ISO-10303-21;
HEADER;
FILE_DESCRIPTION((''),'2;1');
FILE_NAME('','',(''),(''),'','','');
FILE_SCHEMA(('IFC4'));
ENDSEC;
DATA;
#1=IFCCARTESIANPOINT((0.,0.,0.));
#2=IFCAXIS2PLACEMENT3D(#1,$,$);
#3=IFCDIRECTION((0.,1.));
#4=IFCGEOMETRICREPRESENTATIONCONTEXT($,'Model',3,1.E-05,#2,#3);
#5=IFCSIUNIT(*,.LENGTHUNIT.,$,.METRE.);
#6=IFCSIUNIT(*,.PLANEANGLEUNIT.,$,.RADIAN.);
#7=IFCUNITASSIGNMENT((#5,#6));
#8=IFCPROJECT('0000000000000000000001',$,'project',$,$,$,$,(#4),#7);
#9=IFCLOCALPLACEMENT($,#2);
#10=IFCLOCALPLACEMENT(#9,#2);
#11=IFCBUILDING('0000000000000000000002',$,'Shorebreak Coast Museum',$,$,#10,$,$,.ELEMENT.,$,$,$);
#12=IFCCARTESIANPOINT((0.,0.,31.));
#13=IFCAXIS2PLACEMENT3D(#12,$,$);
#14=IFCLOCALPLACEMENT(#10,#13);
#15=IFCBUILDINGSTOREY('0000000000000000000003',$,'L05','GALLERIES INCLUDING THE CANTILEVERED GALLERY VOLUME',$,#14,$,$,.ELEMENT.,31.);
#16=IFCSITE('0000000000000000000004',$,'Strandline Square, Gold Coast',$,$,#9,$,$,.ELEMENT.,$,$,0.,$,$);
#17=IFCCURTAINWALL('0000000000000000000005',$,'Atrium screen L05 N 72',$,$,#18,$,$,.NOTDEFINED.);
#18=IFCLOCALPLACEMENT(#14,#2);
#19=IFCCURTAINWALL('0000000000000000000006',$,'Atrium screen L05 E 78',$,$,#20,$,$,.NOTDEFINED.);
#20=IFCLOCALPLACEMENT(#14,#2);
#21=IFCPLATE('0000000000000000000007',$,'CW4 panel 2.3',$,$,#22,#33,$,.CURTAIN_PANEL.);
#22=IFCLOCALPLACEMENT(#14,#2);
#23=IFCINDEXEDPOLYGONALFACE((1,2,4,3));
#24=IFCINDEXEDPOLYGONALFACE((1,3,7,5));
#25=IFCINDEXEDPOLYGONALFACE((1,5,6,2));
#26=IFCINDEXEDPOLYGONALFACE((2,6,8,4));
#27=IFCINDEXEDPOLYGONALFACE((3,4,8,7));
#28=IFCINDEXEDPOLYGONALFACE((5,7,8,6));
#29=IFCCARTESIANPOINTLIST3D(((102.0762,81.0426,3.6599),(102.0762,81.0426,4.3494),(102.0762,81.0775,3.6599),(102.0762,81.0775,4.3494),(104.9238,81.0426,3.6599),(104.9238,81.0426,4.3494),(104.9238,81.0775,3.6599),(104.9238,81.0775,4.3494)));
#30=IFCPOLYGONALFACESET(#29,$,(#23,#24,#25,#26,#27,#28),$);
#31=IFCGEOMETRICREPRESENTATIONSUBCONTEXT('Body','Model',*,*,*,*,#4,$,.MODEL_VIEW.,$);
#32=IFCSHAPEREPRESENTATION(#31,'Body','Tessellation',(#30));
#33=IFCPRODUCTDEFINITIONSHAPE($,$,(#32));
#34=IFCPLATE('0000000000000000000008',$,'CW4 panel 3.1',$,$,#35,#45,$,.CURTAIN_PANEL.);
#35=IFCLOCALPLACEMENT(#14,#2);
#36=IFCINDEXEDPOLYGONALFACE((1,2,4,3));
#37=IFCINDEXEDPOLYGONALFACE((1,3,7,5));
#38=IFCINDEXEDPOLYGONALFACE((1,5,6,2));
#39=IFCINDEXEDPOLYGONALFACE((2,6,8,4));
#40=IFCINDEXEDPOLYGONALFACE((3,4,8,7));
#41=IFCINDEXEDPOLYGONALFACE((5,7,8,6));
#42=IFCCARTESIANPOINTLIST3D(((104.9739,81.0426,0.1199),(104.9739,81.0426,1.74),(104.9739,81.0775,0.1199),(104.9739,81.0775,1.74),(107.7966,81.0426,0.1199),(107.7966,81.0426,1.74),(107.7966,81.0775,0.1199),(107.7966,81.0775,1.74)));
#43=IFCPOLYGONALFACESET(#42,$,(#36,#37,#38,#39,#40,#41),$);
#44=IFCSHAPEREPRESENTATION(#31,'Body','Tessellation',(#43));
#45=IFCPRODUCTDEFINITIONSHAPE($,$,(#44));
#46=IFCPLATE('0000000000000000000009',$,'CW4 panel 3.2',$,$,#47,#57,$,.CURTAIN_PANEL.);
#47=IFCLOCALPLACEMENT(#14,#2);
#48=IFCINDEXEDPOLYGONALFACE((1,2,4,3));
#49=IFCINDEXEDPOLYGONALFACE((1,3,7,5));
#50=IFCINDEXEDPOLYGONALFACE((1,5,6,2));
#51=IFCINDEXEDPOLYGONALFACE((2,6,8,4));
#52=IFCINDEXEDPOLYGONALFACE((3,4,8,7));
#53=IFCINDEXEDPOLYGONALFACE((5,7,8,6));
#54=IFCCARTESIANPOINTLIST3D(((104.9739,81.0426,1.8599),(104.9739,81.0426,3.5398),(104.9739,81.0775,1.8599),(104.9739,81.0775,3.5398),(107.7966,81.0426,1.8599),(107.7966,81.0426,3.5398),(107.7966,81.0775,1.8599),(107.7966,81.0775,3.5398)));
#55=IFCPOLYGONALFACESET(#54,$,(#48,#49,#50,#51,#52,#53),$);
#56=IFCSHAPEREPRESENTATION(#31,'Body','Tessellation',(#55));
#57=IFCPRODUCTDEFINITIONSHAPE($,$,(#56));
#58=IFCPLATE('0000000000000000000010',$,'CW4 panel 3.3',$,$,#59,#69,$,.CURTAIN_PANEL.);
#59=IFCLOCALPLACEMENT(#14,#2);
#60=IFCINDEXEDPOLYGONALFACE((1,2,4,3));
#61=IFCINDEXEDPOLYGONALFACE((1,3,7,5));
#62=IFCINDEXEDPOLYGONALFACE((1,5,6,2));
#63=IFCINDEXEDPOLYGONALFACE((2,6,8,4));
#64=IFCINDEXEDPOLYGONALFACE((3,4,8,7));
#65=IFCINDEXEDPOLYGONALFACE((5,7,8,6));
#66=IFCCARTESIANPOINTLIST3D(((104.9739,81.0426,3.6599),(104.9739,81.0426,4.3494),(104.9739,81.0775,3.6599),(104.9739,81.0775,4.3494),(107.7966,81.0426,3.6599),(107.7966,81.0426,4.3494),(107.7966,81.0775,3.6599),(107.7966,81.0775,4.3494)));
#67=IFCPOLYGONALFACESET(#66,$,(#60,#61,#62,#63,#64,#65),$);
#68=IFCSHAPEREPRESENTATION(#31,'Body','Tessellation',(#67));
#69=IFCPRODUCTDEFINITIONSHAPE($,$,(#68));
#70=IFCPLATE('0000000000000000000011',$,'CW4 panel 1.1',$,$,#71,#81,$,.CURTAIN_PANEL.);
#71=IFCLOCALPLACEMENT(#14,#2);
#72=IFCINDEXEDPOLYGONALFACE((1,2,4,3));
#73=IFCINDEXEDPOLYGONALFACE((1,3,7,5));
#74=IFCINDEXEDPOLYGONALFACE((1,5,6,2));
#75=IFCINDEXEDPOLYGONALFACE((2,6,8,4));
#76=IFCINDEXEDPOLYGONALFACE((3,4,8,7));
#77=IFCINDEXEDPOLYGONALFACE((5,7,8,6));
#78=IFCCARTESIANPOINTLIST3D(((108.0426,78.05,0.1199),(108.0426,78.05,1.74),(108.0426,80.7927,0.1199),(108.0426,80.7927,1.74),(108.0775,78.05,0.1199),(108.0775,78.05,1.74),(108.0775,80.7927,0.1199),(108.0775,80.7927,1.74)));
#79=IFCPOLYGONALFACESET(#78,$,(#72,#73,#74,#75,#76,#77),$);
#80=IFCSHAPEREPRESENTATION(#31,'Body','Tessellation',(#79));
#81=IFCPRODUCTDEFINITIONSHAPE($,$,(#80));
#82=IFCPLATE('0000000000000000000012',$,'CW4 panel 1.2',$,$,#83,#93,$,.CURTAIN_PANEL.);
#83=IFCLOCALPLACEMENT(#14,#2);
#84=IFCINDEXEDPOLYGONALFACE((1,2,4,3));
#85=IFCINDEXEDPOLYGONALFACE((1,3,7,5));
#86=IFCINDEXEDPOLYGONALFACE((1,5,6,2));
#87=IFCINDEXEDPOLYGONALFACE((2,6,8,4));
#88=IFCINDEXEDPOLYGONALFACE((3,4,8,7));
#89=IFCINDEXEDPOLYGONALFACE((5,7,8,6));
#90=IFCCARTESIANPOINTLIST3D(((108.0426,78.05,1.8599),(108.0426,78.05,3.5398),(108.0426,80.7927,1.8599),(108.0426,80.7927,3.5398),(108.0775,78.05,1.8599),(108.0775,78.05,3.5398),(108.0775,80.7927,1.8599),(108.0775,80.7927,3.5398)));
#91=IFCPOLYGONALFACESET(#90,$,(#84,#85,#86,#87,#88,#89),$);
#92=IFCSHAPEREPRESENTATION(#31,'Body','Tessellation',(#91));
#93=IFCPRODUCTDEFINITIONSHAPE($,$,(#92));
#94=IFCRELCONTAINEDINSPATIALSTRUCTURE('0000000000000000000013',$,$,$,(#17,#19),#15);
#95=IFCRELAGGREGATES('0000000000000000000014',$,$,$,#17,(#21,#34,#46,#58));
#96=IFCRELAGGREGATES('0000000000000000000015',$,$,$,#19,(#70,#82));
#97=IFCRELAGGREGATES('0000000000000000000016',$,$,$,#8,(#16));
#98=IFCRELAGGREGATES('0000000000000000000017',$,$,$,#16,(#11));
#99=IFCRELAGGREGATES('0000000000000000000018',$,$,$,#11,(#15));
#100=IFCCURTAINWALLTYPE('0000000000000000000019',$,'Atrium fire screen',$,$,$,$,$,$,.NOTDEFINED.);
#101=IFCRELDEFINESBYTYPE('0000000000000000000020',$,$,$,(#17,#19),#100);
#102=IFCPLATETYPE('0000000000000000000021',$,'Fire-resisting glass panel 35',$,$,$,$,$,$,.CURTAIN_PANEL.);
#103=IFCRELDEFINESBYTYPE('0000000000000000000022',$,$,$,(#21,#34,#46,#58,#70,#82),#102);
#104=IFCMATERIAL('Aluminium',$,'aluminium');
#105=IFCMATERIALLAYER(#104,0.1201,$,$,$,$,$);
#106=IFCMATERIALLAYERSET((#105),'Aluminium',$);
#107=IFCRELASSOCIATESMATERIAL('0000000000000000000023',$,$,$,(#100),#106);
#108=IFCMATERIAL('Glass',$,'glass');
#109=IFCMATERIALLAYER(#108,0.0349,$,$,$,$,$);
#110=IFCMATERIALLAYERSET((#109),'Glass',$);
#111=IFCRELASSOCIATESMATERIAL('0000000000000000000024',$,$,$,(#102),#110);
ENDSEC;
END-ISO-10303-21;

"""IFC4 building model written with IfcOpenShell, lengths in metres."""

from ifc_helpers import new_model, si_unit, direction, frame, origin, origin_2d, place, context, subcontext, project, spatial, rectangle, extrude, material, layer, layer_set, type_object, element, aggregate, save


model = new_model("IFC4")

# Units and contexts
model_context = context("Model", 3, precision=1e-05, world=origin(), true_north=direction((0.0, 1.0)))
body_context = subcontext(model_context, "Body", "Model", "MODEL_VIEW")
ifc_project = project(units=[si_unit("LENGTHUNIT", "METRE"), si_unit("PLANEANGLEUNIT", "RADIAN")], contexts=[model_context])

# Site, building, storey
site_placement = place(None, origin())
site = spatial("IfcSite", under=ifc_project, at=site_placement, Name="Strandline Square, Gold Coast", CompositionType="ELEMENT", RefElevation=0.0)
building_placement = place(site_placement, origin())
building = spatial("IfcBuilding", under=site, at=building_placement, Name="Shorebreak Coast Museum", CompositionType="ELEMENT")
storey_placement = place(building_placement, frame((0.0, 0.0, 31.0)))
storey = spatial("IfcBuildingStorey", under=building, at=storey_placement, Name="L05", Description="GALLERIES INCLUDING THE CANTILEVERED GALLERY VOLUME", CompositionType="ELEMENT", Elevation=31.0)

# Curtain wall
ifc_material_1 = material(Name="Aluminium", Category="aluminium")
ifc_layer_1 = layer(ifc_material_1, 0.1201)
ifc_layer_set_1 = layer_set([ifc_layer_1], Name="Aluminium")
curtain_wall_type = type_object("IfcCurtainWallType", Name="Atrium fire screen", PredefinedType="NOTDEFINED", material=ifc_layer_set_1)
curtain_wall_1_placement = place(storey_placement, origin())
curtain_wall_1 = element("IfcCurtainWall", 1, at=curtain_wall_1_placement, inside=storey, type_object=curtain_wall_type, Name="Atrium screen L05 N 72", PredefinedType="NOTDEFINED")

# Curtain wall
curtain_wall_2_placement = place(storey_placement, origin())
curtain_wall_2 = element("IfcCurtainWall", 2, at=curtain_wall_2_placement, inside=storey, type_object=curtain_wall_type, Name="Atrium screen L05 E 78", PredefinedType="NOTDEFINED")

# Plates
ifc_material_2 = material(Name="Glass", Category="glass")
ifc_layer_2 = layer(ifc_material_2, 0.0349)
ifc_layer_set_2 = layer_set([ifc_layer_2], Name="Glass")
plate_type = type_object("IfcPlateType", Name="Fire-resisting glass panel 35", PredefinedType="CURTAIN_PANEL", material=ifc_layer_set_2)
plate_1_placement = place(storey_placement, frame((103.5, 81.0601, 3.6599), z_axis=(0.0, 0.0, 1.0), x_axis=(1.0, 0.0, 0.0)))
plate_1 = element("IfcPlate", 3, at=plate_1_placement, type_object=plate_type, Name="CW4 panel 2.3", PredefinedType="CURTAIN_PANEL", context=body_context, shape_type="SweptSolid", body=[
    extrude(rectangle(XDim=2.8477, YDim=0.0349, at=origin_2d()), origin(), (0.0, 0.0, 1.0), 0.6895),
])
plate_2_placement = place(storey_placement, frame((106.3853, 81.0601, 0.1199), z_axis=(0.0, 0.0, 1.0), x_axis=(1.0, 0.0, 0.0)))
plate_2 = element("IfcPlate", 4, at=plate_2_placement, type_object=plate_type, Name="CW4 panel 3.1", PredefinedType="CURTAIN_PANEL", context=body_context, shape_type="SweptSolid", body=[
    extrude(rectangle(XDim=2.8228, YDim=0.0349, at=origin_2d()), origin(), (0.0, 0.0, 1.0), 1.6201),
])
plate_3_placement = place(storey_placement, frame((106.3853, 81.0601, 1.8599), z_axis=(0.0, 0.0, 1.0), x_axis=(1.0, 0.0, 0.0)))
plate_3 = element("IfcPlate", 5, at=plate_3_placement, type_object=plate_type, Name="CW4 panel 3.2", PredefinedType="CURTAIN_PANEL", context=body_context, shape_type="SweptSolid", body=[
    extrude(rectangle(XDim=2.8228, YDim=0.0349, at=origin_2d()), origin(), (0.0, 0.0, 1.0), 1.6799),
])
plate_4_placement = place(storey_placement, frame((106.3853, 81.0601, 3.6599), z_axis=(0.0, 0.0, 1.0), x_axis=(1.0, 0.0, 0.0)))
plate_4 = element("IfcPlate", 6, at=plate_4_placement, type_object=plate_type, Name="CW4 panel 3.3", PredefinedType="CURTAIN_PANEL", context=body_context, shape_type="SweptSolid", body=[
    extrude(rectangle(XDim=2.8228, YDim=0.0349, at=origin_2d()), origin(), (0.0, 0.0, 1.0), 0.6895),
])
aggregate(curtain_wall_1, [plate_1, plate_2, plate_3, plate_4])
plate_5_placement = place(storey_placement, frame((108.0601, 79.4214, 0.1199), z_axis=(0.0, 0.0, 1.0), x_axis=(0.0, 1.0, 0.0)))
plate_5 = element("IfcPlate", 7, at=plate_5_placement, type_object=plate_type, Name="CW4 panel 1.1", PredefinedType="CURTAIN_PANEL", context=body_context, shape_type="SweptSolid", body=[
    extrude(rectangle(XDim=2.7427, YDim=0.0349, at=origin_2d()), origin(), (0.0, 0.0, 1.0), 1.6201),
])
plate_6_placement = place(storey_placement, frame((108.0601, 79.4214, 1.8599), z_axis=(0.0, 0.0, 1.0), x_axis=(0.0, 1.0, 0.0)))
plate_6 = element("IfcPlate", 8, at=plate_6_placement, type_object=plate_type, Name="CW4 panel 1.2", PredefinedType="CURTAIN_PANEL", context=body_context, shape_type="SweptSolid", body=[
    extrude(rectangle(XDim=2.7427, YDim=0.0349, at=origin_2d()), origin(), (0.0, 0.0, 1.0), 1.6799),
])
aggregate(curtain_wall_2, [plate_5, plate_6])

save(model, "model.ifc")
